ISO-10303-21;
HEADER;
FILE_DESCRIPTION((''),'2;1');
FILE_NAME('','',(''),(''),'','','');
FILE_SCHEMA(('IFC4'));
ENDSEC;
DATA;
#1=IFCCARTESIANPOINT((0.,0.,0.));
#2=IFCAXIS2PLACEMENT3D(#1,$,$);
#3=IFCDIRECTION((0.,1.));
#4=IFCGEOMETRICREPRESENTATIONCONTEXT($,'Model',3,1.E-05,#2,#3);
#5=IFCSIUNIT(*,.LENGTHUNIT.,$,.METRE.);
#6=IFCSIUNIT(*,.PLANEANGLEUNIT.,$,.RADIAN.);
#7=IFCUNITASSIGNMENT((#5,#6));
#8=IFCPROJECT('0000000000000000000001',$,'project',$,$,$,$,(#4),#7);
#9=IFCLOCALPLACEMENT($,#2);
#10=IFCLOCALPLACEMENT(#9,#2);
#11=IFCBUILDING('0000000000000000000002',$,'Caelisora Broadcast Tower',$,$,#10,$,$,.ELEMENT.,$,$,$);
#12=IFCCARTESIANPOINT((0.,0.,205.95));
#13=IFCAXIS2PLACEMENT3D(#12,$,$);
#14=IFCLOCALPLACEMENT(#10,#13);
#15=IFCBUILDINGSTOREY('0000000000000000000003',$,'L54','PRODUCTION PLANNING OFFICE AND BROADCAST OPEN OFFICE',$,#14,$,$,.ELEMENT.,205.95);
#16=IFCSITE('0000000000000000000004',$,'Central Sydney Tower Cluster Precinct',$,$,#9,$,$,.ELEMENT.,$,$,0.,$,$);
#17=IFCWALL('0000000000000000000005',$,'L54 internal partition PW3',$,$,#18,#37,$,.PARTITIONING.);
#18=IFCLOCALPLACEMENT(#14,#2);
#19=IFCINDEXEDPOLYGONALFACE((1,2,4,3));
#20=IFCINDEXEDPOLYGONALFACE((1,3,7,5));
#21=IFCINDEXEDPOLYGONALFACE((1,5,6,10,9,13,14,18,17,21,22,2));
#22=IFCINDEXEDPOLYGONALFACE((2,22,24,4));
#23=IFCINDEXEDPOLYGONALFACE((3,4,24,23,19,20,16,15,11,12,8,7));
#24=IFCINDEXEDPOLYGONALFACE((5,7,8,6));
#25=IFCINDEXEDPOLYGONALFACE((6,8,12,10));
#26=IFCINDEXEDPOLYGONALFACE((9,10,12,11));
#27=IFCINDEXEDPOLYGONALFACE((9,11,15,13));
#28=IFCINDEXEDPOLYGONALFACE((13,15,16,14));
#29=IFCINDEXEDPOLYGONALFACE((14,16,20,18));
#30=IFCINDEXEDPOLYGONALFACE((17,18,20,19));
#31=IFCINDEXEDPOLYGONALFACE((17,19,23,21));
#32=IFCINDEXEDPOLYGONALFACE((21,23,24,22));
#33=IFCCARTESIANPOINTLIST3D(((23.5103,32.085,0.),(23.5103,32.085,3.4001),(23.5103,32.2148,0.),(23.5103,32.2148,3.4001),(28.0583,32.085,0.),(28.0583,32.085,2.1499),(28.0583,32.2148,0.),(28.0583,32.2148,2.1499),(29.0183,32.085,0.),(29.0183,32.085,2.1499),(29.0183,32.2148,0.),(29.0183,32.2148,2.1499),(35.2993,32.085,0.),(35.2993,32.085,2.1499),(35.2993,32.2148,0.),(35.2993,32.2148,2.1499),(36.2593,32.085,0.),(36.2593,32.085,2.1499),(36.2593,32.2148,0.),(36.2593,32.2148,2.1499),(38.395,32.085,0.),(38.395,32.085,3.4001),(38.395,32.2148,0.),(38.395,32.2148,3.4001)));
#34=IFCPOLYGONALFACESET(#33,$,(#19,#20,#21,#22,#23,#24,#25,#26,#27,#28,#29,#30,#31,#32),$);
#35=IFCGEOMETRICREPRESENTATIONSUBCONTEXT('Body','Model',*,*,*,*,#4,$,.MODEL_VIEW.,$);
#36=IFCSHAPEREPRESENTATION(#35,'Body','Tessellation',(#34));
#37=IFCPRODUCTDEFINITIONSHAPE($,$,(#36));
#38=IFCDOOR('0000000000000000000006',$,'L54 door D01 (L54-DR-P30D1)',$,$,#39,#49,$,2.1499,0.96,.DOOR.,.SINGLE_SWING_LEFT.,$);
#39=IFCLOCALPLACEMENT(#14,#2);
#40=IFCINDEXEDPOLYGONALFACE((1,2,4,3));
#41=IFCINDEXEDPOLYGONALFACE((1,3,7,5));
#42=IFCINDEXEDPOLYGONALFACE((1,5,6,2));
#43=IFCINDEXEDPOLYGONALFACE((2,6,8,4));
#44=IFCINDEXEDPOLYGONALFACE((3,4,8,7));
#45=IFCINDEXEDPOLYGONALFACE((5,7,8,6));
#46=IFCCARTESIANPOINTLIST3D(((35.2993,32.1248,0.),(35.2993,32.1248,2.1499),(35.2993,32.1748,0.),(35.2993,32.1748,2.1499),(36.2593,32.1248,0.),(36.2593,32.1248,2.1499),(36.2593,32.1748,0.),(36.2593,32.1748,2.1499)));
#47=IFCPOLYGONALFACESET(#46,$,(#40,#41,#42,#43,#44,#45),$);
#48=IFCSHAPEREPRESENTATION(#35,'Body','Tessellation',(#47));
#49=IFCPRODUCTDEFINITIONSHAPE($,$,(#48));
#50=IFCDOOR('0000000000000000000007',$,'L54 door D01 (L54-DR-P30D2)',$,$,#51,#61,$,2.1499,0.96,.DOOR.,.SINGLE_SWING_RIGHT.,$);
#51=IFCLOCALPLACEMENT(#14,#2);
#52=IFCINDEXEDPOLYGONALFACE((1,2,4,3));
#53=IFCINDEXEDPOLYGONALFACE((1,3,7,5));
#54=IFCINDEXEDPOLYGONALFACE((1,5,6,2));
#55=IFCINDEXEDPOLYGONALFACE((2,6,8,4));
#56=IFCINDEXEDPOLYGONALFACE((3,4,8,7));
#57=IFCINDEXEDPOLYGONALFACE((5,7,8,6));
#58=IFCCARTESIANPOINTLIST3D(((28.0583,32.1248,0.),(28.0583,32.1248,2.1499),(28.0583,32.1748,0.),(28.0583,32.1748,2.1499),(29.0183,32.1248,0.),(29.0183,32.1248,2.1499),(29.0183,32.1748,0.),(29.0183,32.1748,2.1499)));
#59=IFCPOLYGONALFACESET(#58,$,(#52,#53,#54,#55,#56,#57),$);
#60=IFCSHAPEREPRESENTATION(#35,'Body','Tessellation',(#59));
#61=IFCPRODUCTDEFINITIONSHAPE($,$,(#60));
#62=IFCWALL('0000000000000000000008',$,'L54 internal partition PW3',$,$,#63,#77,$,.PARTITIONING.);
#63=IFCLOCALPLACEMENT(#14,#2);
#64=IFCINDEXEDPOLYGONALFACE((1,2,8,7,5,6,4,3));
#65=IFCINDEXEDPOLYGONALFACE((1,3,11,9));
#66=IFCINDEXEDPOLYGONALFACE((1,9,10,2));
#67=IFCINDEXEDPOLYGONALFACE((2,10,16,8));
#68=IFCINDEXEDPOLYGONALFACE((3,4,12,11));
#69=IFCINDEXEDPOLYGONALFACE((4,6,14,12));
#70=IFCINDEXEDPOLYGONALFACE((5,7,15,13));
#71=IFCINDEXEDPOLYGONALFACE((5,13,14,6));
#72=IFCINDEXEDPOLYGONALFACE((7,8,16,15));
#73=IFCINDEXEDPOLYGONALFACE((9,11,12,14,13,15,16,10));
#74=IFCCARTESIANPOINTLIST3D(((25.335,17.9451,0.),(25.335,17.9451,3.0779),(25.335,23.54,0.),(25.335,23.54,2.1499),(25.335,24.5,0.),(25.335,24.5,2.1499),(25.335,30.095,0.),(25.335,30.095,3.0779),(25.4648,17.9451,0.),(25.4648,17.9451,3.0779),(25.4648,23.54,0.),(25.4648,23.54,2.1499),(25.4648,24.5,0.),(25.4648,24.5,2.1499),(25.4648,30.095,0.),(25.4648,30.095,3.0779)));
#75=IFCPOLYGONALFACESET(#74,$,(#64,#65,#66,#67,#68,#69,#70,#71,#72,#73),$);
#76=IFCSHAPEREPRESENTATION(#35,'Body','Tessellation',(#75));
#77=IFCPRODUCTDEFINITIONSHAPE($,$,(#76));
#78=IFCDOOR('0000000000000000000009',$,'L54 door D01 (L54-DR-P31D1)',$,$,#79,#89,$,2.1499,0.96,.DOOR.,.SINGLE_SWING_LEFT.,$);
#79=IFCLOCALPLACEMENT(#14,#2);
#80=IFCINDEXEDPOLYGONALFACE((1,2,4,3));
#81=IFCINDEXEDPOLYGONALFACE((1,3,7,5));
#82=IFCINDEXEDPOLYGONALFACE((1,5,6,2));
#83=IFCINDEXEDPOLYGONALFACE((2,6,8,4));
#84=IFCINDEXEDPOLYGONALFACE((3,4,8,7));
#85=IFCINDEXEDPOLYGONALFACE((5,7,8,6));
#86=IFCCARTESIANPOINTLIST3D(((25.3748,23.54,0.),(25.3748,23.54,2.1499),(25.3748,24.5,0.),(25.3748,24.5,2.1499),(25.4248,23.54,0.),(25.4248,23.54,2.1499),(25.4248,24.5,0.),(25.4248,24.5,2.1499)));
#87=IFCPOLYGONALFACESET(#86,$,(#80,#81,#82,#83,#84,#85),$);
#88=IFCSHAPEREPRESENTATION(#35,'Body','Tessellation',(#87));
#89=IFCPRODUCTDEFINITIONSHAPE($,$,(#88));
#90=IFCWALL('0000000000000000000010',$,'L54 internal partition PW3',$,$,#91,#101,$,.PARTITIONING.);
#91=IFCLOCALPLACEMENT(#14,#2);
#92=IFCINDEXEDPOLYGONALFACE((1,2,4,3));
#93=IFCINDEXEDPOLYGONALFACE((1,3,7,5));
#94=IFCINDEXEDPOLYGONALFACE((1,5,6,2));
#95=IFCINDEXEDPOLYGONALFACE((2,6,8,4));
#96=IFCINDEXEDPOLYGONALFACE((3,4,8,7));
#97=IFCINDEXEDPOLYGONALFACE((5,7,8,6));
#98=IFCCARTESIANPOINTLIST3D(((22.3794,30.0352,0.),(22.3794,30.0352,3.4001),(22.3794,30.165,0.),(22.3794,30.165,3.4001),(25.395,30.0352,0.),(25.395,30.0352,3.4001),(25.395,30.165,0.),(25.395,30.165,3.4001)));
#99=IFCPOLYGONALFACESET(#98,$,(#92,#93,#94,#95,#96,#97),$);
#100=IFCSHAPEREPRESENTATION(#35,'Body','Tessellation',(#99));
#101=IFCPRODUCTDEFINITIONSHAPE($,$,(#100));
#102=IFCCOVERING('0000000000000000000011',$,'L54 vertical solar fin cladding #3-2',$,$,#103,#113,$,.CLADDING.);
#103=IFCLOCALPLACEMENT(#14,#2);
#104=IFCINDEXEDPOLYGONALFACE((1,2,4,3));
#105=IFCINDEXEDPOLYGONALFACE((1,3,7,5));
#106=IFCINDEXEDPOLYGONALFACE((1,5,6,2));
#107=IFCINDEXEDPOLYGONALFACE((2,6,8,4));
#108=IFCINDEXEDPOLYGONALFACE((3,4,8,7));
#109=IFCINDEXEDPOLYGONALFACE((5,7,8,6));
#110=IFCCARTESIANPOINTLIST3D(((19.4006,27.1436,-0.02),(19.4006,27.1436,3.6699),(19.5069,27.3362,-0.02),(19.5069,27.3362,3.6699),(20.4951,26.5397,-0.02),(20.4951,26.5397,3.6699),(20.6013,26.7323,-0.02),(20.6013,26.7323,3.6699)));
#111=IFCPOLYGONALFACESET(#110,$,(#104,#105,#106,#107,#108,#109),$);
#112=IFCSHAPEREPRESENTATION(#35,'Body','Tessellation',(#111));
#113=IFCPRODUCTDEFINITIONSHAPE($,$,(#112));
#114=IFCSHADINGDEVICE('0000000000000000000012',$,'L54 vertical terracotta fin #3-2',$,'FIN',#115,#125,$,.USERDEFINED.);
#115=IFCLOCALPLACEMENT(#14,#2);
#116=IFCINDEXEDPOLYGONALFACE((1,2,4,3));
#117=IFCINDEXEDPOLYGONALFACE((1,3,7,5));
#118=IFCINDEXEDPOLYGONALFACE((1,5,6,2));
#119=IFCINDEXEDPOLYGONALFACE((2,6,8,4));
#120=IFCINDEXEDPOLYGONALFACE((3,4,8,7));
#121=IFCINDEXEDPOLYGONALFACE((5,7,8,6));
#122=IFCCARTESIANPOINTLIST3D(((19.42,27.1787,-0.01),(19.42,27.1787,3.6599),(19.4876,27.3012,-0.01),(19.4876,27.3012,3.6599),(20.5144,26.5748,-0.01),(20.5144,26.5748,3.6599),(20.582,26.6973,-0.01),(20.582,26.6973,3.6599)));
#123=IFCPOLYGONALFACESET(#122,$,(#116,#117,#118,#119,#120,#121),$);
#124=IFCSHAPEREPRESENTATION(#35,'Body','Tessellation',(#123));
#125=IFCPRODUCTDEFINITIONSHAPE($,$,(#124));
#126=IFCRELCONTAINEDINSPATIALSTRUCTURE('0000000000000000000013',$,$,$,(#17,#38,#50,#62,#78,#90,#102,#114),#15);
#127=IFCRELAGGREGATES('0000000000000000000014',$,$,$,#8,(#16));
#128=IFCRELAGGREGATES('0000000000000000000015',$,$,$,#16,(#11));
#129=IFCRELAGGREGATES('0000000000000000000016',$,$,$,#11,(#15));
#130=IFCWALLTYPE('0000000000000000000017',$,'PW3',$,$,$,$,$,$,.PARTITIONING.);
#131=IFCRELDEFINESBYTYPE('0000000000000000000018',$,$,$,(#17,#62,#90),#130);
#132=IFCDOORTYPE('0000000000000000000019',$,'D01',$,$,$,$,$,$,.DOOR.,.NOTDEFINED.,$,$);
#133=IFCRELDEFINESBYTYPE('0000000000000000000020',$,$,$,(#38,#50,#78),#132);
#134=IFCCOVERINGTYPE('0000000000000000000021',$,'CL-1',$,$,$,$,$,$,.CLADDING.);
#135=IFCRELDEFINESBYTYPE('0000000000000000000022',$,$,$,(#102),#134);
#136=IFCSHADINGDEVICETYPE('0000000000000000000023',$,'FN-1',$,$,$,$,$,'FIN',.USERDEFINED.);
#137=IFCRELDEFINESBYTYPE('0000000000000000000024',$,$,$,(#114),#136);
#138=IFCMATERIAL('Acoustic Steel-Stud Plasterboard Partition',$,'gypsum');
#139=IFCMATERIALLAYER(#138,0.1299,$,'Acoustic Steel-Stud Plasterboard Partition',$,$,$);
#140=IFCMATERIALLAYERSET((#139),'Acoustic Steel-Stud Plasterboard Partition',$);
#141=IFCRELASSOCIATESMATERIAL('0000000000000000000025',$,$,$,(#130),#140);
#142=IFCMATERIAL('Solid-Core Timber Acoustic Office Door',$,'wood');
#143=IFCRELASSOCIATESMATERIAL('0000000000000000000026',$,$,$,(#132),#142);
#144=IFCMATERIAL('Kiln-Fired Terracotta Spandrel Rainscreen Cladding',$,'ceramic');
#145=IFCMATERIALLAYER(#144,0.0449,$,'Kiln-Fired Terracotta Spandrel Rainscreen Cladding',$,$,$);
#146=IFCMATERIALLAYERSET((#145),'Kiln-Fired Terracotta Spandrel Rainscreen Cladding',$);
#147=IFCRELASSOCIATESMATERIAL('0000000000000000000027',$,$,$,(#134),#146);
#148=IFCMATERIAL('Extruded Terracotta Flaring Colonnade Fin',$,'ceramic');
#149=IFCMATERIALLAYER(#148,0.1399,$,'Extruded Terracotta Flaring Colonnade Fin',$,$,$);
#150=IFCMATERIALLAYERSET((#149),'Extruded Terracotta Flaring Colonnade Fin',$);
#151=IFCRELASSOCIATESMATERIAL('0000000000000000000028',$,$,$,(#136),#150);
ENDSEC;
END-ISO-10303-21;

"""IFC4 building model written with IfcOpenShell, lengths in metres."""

from ifc_helpers import new_model, si_unit, direction, frame, frame_2d, origin, origin_2d, place, context, subcontext, project, spatial, rectangle, extrude, source, transform, mapped, material, layer, layer_set, type_object, type_shapes, element, fill, save


model = new_model("IFC4")

# Units and contexts
model_context = context("Model", 3, precision=1e-05, world=origin(), true_north=direction((0.0, 1.0)))
body_context = subcontext(model_context, "Body", "Model", "MODEL_VIEW")
ifc_project = project(units=[si_unit("LENGTHUNIT", "METRE"), si_unit("PLANEANGLEUNIT", "RADIAN")], contexts=[model_context])

# Site, building, storey
site_placement = place(None, origin())
site = spatial("IfcSite", under=ifc_project, at=site_placement, Name="Central Sydney Tower Cluster Precinct", CompositionType="ELEMENT", RefElevation=0.0)
building_placement = place(site_placement, origin())
building = spatial("IfcBuilding", under=site, at=building_placement, Name="Caelisora Broadcast Tower", CompositionType="ELEMENT")
storey_placement = place(building_placement, frame((0.0, 0.0, 205.95)))
storey = spatial("IfcBuildingStorey", under=building, at=storey_placement, Name="L54", Description="PRODUCTION PLANNING OFFICE AND BROADCAST OPEN OFFICE", CompositionType="ELEMENT", Elevation=205.95)

# Wall, openings, doors
ifc_material_1 = material(Name="Acoustic Steel-Stud Plasterboard Partition", Category="gypsum")
ifc_layer_1 = layer(ifc_material_1, 0.1299, Name="Acoustic Steel-Stud Plasterboard Partition")
ifc_layer_set_1 = layer_set([ifc_layer_1], Name="Acoustic Steel-Stud Plasterboard Partition")
wall_type_1 = type_object("IfcWallType", Name="PW3", PredefinedType="PARTITIONING", material=ifc_layer_set_1)
wall_1_placement = place(storey_placement, frame((23.5103, 32.1499, 0.0), z_axis=(0.0, 0.0, 1.0), x_axis=(1.0, 0.0, 0.0)))
wall_1 = element("IfcWall", 1, at=wall_1_placement, inside=storey, type_object=wall_type_1, Name="L54 internal partition PW3", PredefinedType="PARTITIONING", context=body_context, shape_type="SweptSolid", body=[
    extrude(rectangle(XDim=14.8848, YDim=0.1299, at=frame_2d((7.4424, 0.0))), origin(), (0.0, 0.0, 1.0), 3.4001),
])
opening_1_placement = place(wall_1_placement, frame((11.7891, 0.0, 0.0)))
opening_1 = element("IfcOpeningElement", 2, at=opening_1_placement, cuts=wall_1, PredefinedType="OPENING", context=body_context, shape_type="SweptSolid", body=[
    extrude(rectangle(XDim=0.96, YDim=2.1499, at=frame_2d((0.48, 1.075))), frame((0.0, 0.0769, 0.0), z_axis=(0.0, -1.0, 0.0), x_axis=(1.0, 0.0, 0.0)), (0.0, 0.0, 1.0), 0.1538),
])
opening_2_placement = place(wall_1_placement, frame((4.5481, 0.0, 0.0)))
opening_2 = element("IfcOpeningElement", 3, at=opening_2_placement, cuts=wall_1, PredefinedType="OPENING", context=body_context, shape_type="SweptSolid", body=[
    extrude(rectangle(XDim=0.96, YDim=2.1499, at=frame_2d((0.48, 1.075))), frame((0.0, 0.0769, 0.0), z_axis=(0.0, -1.0, 0.0), x_axis=(1.0, 0.0, 0.0)), (0.0, 0.0, 1.0), 0.1538),
])
ifc_material_2 = material(Name="Solid-Core Timber Acoustic Office Door", Category="wood")
door_type_1 = type_object("IfcDoorType", Name="D01", OperationType="NOTDEFINED", PredefinedType="DOOR", material=ifc_material_2)
door_1_placement = place(opening_1_placement, origin())
door_1 = element("IfcDoor", 4, at=door_1_placement, inside=storey, type_object=door_type_1, Name="L54 door D01 (L54-DR-P30D1)", OperationType="SINGLE_SWING_LEFT", OverallHeight=2.1499, OverallWidth=0.96, PredefinedType="DOOR", context=body_context, shape_type="SweptSolid", body=[
    extrude(rectangle(XDim=0.96, YDim=2.1499, at=frame_2d((0.48, 1.075))), frame((0.0, 0.0249, 0.0), z_axis=(0.0, -1.0, 0.0), x_axis=(1.0, 0.0, 0.0)), (0.0, 0.0, 1.0), 0.05),
])
fill(opening_1, door_1)
door_2_placement = place(opening_2_placement, origin())
door_2 = element("IfcDoor", 5, at=door_2_placement, inside=storey, type_object=door_type_1, Name="L54 door D01 (L54-DR-P30D2)", OperationType="SINGLE_SWING_RIGHT", OverallHeight=2.1499, OverallWidth=0.96, PredefinedType="DOOR", context=body_context, shape_type="SweptSolid", body=[
    extrude(rectangle(XDim=0.96, YDim=2.1499, at=frame_2d((0.48, 1.075))), frame((0.0, 0.0249, 0.0), z_axis=(0.0, -1.0, 0.0), x_axis=(1.0, 0.0, 0.0)), (0.0, 0.0, 1.0), 0.05),
])
fill(opening_2, door_2)

# Wall, opening, door
wall_2_placement = place(storey_placement, frame((25.3999, 30.095, 0.0), z_axis=(0.0, 0.0, 1.0), x_axis=(0.0, -1.0, 0.0)))
wall_2 = element("IfcWall", 6, at=wall_2_placement, inside=storey, type_object=wall_type_1, Name="L54 internal partition PW3", PredefinedType="PARTITIONING", context=body_context, shape_type="SweptSolid", body=[
    extrude(rectangle(XDim=12.1499, YDim=0.1299, at=frame_2d((6.075, 0.0))), origin(), (0.0, 0.0, 1.0), 3.0779),
])
opening_3_placement = place(wall_2_placement, frame((5.595, 0.0, 0.0)))
opening_3 = element("IfcOpeningElement", 7, at=opening_3_placement, cuts=wall_2, PredefinedType="OPENING", context=body_context, shape_type="SweptSolid", body=[
    extrude(rectangle(XDim=0.96, YDim=2.1499, at=frame_2d((0.48, 1.075))), frame((0.0, 0.0769, 0.0), z_axis=(0.0, -1.0, 0.0), x_axis=(1.0, 0.0, 0.0)), (0.0, 0.0, 1.0), 0.1538),
])
door_3_placement = place(opening_3_placement, origin())
door_3 = element("IfcDoor", 8, at=door_3_placement, inside=storey, type_object=door_type_1, Name="L54 door D01 (L54-DR-P31D1)", OperationType="SINGLE_SWING_LEFT", OverallHeight=2.1499, OverallWidth=0.96, PredefinedType="DOOR", context=body_context, shape_type="SweptSolid", body=[
    extrude(rectangle(XDim=0.96, YDim=2.1499, at=frame_2d((0.48, 1.075))), frame((0.0, 0.0249, 0.0), z_axis=(0.0, -1.0, 0.0), x_axis=(1.0, 0.0, 0.0)), (0.0, 0.0, 1.0), 0.05),
])
fill(opening_3, door_3)

# Wall
wall_3_placement = place(storey_placement, frame((22.3794, 30.1001, 0.0), z_axis=(0.0, 0.0, 1.0), x_axis=(1.0, 0.0, 0.0)))
element("IfcWall", 9, at=wall_3_placement, inside=storey, type_object=wall_type_1, Name="L54 internal partition PW3", PredefinedType="PARTITIONING", context=body_context, shape_type="SweptSolid", body=[
    extrude(rectangle(XDim=3.0156, YDim=0.1299, at=frame_2d((1.5078, 0.0))), origin(), (0.0, 0.0, 1.0), 3.4001),
])

# Covering
ifc_material_3 = material(Name="Kiln-Fired Terracotta Spandrel Rainscreen Cladding", Category="ceramic")
ifc_layer_2 = layer(ifc_material_3, 0.0449, Name="Kiln-Fired Terracotta Spandrel Rainscreen Cladding")
ifc_layer_set_2 = layer_set([ifc_layer_2], Name="Kiln-Fired Terracotta Spandrel Rainscreen Cladding")
covering_type = type_object("IfcCoveringType", Name="CL-1", PredefinedType="CLADDING", material=ifc_layer_set_2)
shared_shape_1 = source(origin(), body_context, "Body", "SweptSolid", [
    extrude(rectangle(XDim=0.22, YDim=1.25, at=origin_2d()), origin(), (0.0, 0.0, 1.0), 3.6899),
])
type_shapes(covering_type, [shared_shape_1])
covering_placement = place(storey_placement, frame((20.001, 26.938, -0.02), z_axis=(0.0, 0.0, 1.0), x_axis=(0.48313, 0.875549, 0.0)))
element("IfcCovering", 10, at=covering_placement, inside=storey, type_object=covering_type, Name="L54 vertical solar fin cladding #3-2", PredefinedType="CLADDING", context=body_context, shape_type="MappedRepresentation", body=[
    mapped(shared_shape_1, transform((0.0, 0.0, 0.0), scale=1.0)),
])

# Shading device
ifc_material_4 = material(Name="Extruded Terracotta Flaring Colonnade Fin", Category="ceramic")
ifc_layer_3 = layer(ifc_material_4, 0.1399, Name="Extruded Terracotta Flaring Colonnade Fin")
ifc_layer_set_3 = layer_set([ifc_layer_3], Name="Extruded Terracotta Flaring Colonnade Fin")
shading_device_type = type_object("IfcShadingDeviceType", Name="FN-1", ElementType="FIN", PredefinedType="USERDEFINED", material=ifc_layer_set_3)
shared_shape_2 = source(origin(), body_context, "Body", "SweptSolid", [
    extrude(rectangle(XDim=0.1399, YDim=1.25, at=origin_2d()), origin(), (0.0, 0.0, 1.0), 3.6699),
])
type_shapes(shading_device_type, [shared_shape_2])
shading_device_placement = place(storey_placement, frame((20.001, 26.938, -0.01), z_axis=(0.0, 0.0, 1.0), x_axis=(0.48313, 0.875549, 0.0)))
element("IfcShadingDevice", 11, at=shading_device_placement, inside=storey, type_object=shading_device_type, Name="L54 vertical terracotta fin #3-2", ObjectType="FIN", PredefinedType="USERDEFINED", context=body_context, shape_type="MappedRepresentation", body=[
    mapped(shared_shape_2, transform((0.0, 0.0, 0.0), scale=1.0)),
])

save(model, "model.ifc")
